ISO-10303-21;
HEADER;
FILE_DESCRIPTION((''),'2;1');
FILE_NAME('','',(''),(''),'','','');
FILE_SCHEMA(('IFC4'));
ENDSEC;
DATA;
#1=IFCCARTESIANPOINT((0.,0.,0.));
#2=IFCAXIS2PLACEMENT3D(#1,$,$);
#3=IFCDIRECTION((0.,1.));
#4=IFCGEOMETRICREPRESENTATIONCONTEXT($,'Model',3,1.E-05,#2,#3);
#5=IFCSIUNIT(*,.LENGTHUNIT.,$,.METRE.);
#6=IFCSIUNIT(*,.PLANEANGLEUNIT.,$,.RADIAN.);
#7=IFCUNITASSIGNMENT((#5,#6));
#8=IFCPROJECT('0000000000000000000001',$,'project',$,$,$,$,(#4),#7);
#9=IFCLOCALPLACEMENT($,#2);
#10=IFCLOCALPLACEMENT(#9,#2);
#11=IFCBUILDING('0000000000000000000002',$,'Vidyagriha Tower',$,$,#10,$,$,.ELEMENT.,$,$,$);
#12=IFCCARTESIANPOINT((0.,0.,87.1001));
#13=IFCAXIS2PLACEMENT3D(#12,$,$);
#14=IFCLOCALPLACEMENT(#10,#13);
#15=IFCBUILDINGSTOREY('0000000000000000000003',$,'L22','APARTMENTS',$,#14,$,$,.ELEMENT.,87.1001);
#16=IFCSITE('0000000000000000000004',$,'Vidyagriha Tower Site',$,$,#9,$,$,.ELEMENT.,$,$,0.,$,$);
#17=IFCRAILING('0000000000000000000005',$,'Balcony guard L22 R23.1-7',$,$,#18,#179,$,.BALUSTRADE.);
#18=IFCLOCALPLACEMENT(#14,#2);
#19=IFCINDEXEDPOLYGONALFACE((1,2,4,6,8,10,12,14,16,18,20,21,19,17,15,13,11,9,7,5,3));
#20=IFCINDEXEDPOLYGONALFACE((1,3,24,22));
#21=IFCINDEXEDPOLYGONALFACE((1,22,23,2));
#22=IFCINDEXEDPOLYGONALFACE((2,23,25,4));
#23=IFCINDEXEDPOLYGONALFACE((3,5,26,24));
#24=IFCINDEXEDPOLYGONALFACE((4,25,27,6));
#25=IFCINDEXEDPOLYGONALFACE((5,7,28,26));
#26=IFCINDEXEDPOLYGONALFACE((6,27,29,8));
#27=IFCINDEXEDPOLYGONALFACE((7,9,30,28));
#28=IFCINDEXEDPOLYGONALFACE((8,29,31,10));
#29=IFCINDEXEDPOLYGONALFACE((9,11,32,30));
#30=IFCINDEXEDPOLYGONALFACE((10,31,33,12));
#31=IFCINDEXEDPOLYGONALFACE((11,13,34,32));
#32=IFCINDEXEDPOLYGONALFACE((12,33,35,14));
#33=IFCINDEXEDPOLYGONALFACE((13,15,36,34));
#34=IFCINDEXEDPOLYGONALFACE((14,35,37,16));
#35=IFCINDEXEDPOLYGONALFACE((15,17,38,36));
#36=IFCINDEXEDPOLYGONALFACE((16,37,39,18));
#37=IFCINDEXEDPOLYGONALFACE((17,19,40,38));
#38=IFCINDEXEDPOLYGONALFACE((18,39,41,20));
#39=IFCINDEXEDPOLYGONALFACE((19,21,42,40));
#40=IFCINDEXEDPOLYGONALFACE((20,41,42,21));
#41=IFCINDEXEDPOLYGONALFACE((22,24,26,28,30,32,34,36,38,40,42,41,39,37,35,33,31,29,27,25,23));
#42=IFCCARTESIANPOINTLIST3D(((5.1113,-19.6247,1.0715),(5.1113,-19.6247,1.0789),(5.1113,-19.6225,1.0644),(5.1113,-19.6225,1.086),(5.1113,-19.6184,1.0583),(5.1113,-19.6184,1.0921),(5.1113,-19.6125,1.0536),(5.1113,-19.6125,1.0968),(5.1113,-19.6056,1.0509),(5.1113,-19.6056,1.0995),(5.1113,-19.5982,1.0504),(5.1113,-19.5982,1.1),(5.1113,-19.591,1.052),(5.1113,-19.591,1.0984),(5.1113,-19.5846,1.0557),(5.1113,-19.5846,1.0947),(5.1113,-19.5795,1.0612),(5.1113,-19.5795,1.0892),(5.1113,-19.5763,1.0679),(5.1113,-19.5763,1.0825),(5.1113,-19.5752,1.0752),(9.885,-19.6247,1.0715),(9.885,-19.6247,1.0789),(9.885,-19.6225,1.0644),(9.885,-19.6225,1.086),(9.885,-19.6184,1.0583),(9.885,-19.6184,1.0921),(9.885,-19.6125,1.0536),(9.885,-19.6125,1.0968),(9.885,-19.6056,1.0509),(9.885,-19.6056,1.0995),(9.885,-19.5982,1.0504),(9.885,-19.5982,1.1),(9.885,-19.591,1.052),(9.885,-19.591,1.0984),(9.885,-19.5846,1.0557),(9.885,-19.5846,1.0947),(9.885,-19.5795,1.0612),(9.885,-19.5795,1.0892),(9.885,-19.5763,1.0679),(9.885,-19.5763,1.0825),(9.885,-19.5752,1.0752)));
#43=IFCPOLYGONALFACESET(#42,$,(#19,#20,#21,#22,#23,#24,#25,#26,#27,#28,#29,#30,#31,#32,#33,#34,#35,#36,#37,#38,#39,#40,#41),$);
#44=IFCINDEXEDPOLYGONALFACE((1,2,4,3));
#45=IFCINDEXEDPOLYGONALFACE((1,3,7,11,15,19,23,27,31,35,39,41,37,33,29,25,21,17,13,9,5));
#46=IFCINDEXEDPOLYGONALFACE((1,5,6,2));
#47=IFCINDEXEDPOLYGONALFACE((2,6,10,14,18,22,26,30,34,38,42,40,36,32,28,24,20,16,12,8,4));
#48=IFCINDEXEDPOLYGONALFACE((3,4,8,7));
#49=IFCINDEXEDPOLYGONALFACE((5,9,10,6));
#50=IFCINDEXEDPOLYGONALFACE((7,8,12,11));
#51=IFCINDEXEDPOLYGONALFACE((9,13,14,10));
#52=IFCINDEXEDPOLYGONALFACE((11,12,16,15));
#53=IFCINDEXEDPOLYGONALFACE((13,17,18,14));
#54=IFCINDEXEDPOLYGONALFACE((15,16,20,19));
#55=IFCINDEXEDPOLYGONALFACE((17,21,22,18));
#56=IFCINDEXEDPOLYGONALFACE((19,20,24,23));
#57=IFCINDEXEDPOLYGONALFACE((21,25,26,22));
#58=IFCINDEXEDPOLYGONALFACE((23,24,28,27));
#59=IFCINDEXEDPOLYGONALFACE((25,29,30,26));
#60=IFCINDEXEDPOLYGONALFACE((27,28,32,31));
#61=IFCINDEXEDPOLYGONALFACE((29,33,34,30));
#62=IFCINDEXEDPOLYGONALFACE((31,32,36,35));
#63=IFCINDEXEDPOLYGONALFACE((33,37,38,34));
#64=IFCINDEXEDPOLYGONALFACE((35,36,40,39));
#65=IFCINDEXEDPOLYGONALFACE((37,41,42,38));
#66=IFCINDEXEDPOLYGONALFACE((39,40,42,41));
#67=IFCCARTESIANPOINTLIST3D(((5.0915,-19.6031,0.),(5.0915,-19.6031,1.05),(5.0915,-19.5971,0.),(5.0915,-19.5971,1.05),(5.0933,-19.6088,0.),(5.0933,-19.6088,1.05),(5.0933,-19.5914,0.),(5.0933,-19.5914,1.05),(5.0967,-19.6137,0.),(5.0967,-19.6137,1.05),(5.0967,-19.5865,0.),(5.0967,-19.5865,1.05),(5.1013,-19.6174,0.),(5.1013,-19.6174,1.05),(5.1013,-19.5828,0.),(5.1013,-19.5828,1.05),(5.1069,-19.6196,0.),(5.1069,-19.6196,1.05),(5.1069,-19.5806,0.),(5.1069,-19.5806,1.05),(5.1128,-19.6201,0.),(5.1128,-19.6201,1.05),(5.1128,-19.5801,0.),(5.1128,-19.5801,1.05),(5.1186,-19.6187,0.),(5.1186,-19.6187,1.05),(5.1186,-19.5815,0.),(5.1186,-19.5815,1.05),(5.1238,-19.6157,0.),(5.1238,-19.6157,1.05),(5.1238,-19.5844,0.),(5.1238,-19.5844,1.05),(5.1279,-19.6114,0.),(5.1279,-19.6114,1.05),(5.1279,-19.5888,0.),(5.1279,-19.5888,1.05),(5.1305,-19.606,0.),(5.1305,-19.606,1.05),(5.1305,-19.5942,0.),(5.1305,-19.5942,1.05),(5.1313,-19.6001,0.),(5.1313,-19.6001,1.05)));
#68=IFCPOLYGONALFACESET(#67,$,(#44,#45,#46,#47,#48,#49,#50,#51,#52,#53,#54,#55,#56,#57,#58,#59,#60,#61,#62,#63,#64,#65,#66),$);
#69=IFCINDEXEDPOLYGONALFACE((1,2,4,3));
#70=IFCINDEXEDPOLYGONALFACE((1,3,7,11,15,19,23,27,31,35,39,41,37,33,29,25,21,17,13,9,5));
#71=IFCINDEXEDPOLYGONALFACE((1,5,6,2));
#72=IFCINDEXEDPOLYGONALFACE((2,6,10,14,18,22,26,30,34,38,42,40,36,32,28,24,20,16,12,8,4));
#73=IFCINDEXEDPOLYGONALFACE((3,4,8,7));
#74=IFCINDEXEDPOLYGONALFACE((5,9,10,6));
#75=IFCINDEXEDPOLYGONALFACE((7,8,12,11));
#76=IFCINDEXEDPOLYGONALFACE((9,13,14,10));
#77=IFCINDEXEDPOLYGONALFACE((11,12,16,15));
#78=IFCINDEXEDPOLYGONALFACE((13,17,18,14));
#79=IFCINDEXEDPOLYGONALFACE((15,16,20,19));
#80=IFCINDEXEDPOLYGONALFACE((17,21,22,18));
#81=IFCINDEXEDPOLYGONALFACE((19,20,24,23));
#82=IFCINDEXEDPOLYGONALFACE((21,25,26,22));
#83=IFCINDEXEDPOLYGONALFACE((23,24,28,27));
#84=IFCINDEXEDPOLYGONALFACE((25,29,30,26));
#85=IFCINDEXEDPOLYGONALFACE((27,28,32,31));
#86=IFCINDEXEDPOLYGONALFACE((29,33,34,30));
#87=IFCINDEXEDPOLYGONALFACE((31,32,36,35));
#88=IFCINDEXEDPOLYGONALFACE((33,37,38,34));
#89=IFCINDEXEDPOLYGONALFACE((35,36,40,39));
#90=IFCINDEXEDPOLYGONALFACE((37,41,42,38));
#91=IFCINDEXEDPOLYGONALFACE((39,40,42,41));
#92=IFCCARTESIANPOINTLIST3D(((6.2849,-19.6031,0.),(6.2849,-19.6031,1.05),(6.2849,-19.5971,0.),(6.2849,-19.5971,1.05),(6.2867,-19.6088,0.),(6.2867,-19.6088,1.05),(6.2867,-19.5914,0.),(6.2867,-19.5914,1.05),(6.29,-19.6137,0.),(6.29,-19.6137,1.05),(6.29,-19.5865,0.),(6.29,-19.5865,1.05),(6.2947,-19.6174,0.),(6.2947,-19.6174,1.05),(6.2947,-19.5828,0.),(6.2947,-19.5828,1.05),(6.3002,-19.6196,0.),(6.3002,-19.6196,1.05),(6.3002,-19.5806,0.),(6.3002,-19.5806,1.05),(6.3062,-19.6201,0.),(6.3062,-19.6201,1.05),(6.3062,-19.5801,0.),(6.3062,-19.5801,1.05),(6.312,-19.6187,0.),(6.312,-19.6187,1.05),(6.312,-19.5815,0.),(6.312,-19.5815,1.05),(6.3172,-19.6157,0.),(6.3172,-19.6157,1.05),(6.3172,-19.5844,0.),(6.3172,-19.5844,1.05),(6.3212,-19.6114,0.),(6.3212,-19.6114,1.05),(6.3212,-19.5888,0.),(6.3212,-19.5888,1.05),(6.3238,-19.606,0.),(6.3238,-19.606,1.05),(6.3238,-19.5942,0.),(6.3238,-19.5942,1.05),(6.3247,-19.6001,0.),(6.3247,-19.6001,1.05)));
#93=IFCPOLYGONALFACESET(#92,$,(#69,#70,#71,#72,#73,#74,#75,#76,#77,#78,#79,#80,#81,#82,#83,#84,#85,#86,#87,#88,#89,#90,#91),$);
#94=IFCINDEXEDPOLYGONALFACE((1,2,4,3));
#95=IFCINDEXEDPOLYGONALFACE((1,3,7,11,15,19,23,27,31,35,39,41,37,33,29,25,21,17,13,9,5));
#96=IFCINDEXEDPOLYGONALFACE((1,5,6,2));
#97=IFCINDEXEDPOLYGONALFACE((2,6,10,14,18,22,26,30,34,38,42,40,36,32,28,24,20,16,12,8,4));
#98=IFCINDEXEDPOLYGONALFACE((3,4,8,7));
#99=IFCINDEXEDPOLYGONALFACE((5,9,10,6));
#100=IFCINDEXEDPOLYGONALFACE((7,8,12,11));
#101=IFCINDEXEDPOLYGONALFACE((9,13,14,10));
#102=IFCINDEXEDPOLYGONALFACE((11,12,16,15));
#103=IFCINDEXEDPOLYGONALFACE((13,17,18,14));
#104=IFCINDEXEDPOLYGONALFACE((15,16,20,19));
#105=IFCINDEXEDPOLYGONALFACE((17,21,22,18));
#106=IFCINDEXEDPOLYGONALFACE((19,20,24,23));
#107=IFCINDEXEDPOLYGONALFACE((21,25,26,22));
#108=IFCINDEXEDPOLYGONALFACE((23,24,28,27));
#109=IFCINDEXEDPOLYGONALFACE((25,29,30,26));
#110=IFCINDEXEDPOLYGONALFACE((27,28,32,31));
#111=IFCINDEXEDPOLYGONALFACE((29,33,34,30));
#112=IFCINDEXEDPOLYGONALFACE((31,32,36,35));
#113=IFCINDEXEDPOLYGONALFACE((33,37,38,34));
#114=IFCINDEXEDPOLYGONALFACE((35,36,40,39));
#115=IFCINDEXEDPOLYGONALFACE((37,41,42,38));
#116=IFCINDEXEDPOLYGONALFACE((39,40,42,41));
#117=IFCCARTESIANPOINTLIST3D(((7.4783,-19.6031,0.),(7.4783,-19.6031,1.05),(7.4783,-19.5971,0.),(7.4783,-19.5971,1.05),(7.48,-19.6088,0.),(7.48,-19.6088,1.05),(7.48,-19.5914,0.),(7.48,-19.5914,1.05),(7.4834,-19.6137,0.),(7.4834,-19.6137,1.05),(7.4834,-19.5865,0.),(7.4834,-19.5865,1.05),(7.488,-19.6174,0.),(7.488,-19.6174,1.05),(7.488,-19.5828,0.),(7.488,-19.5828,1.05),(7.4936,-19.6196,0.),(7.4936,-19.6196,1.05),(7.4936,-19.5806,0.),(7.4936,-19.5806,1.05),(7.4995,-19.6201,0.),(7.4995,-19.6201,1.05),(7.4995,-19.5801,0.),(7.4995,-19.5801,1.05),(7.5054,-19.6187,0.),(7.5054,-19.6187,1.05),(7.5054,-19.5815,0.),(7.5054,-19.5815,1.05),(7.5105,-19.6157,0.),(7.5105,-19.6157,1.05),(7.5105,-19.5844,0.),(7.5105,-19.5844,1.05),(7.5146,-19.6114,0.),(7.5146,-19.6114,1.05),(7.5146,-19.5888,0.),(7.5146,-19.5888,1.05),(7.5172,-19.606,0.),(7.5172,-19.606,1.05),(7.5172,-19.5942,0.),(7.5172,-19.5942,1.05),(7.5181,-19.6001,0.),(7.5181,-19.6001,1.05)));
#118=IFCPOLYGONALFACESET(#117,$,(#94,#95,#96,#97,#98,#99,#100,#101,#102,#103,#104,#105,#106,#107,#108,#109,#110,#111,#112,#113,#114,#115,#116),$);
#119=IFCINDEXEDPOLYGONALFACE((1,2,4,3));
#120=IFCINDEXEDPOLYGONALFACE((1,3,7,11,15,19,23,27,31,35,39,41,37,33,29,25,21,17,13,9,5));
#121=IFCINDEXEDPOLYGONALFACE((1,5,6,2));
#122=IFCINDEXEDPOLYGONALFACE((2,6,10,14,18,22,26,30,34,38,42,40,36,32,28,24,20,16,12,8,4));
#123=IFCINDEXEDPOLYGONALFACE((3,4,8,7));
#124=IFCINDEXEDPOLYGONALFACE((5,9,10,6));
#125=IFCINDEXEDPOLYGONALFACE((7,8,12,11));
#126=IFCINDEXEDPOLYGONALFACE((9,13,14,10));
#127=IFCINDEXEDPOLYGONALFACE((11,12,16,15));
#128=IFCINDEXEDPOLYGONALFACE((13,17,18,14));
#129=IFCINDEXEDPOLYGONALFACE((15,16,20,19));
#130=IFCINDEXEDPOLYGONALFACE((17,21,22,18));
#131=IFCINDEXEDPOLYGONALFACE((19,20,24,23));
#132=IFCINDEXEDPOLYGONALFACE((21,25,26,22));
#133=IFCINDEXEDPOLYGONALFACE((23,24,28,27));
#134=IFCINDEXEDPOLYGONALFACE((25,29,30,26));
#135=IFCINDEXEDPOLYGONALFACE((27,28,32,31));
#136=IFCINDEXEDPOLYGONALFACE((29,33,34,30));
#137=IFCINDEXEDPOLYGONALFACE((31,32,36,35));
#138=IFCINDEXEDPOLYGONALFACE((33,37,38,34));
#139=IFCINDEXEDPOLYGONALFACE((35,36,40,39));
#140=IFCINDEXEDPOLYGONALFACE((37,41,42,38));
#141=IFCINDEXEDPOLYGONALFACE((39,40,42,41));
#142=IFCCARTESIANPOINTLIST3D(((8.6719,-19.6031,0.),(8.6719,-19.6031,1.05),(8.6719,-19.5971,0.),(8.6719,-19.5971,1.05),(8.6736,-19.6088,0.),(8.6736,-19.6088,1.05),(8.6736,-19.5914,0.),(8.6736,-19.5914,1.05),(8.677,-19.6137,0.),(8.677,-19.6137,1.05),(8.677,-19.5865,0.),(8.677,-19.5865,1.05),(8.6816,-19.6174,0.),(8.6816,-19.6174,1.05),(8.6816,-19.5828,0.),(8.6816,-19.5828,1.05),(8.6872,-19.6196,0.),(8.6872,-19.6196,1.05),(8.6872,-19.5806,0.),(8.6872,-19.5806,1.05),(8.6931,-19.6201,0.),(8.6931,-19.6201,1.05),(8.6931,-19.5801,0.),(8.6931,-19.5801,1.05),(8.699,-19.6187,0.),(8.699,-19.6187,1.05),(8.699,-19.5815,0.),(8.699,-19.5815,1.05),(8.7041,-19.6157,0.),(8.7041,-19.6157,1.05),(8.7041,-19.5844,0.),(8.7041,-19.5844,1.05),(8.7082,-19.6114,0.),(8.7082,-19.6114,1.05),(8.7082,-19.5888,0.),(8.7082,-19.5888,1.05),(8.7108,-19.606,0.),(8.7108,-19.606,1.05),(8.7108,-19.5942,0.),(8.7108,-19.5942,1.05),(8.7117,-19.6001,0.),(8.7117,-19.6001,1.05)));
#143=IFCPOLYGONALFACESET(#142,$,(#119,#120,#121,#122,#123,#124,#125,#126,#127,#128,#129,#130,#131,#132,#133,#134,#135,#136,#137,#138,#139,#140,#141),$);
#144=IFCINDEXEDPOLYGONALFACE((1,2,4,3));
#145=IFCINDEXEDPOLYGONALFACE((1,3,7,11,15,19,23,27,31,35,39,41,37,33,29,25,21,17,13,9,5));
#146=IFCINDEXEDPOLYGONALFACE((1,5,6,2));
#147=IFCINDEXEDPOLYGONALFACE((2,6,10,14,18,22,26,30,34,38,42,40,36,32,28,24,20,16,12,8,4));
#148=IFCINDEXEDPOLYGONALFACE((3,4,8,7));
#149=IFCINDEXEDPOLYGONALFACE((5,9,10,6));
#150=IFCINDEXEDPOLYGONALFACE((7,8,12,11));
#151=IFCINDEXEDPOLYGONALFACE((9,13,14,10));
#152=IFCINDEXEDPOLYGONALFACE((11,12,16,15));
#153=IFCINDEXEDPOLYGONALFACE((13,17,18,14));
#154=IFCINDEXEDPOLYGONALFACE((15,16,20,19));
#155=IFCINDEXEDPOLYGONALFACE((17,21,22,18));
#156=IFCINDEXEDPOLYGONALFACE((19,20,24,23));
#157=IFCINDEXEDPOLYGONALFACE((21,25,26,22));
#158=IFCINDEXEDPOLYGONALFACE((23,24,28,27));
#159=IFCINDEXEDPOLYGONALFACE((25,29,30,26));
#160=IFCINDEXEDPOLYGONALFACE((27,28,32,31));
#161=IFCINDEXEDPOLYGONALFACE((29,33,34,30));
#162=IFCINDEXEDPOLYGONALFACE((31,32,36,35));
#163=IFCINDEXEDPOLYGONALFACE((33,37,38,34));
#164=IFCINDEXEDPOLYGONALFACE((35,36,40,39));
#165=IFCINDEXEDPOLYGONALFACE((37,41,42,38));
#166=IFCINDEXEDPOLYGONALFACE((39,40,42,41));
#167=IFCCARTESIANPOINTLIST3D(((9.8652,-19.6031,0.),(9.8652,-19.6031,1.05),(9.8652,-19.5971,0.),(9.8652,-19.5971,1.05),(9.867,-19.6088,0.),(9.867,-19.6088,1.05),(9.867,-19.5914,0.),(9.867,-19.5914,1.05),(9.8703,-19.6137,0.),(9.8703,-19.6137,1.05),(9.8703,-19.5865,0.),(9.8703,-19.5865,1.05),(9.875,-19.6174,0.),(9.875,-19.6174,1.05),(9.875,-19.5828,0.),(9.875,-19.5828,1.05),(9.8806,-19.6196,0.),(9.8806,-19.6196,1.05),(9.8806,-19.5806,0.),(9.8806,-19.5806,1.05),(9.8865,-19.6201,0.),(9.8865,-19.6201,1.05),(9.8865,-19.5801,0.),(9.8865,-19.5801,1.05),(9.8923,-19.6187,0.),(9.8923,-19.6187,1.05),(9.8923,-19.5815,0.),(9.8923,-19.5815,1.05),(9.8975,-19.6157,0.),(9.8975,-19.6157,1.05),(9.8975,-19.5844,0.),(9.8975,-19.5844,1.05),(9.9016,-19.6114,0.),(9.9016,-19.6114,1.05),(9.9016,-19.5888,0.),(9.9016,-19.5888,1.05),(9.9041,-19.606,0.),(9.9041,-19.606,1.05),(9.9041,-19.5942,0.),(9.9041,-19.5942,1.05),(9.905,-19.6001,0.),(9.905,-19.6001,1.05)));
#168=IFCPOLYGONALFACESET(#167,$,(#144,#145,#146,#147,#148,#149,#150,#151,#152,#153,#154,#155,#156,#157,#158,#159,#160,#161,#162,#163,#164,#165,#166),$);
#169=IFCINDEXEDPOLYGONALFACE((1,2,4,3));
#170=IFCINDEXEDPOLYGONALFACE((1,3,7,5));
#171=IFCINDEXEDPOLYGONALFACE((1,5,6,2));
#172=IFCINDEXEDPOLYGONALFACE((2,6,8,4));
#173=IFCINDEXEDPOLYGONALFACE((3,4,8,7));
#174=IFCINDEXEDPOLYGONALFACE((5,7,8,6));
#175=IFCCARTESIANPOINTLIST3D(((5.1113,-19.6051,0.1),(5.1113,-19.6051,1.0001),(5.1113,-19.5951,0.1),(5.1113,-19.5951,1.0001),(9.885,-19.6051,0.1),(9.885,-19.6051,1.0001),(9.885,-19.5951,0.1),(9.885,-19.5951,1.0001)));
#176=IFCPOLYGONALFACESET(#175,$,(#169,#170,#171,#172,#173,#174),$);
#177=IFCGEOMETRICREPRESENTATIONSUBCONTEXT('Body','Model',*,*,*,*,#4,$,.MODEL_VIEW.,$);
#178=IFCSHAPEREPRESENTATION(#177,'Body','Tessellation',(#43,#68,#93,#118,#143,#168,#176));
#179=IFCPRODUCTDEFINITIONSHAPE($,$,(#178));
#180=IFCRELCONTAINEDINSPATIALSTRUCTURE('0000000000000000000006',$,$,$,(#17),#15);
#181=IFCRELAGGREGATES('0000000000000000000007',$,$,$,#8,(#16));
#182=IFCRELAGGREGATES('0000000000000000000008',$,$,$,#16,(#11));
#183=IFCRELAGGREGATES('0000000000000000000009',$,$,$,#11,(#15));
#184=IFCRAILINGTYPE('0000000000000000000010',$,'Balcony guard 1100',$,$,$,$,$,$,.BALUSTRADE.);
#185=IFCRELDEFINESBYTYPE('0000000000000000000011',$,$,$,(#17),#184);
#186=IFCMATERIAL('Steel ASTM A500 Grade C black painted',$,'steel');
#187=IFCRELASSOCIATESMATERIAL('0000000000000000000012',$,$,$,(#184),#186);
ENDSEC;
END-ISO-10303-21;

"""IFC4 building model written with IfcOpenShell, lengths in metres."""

from ifc_helpers import new_model, si_unit, direction, frame, origin, origin_2d, place, context, subcontext, project, spatial, rectangle, circle, extrude, material, type_object, element, save


model = new_model("IFC4")

# Units and contexts
model_context = context("Model", 3, precision=1e-05, world=origin(), true_north=direction((0.0, 1.0)))
body_context = subcontext(model_context, "Body", "Model", "MODEL_VIEW")
ifc_project = project(units=[si_unit("LENGTHUNIT", "METRE"), si_unit("PLANEANGLEUNIT", "RADIAN")], contexts=[model_context])

# Site, building, storey
site_placement = place(None, origin())
site = spatial("IfcSite", under=ifc_project, at=site_placement, Name="Vidyagriha Tower Site", CompositionType="ELEMENT", RefElevation=0.0)
building_placement = place(site_placement, origin())
building = spatial("IfcBuilding", under=site, at=building_placement, Name="Vidyagriha Tower", CompositionType="ELEMENT")
storey_placement = place(building_placement, frame((0.0, 0.0, 87.1001)))
storey = spatial("IfcBuildingStorey", under=building, at=storey_placement, Name="L22", Description="APARTMENTS", CompositionType="ELEMENT", Elevation=87.1001)

# Railing
ifc_material_1 = material(Name="Steel ASTM A500 Grade C black painted", Category="steel")
railing_type = type_object("IfcRailingType", Name="Balcony guard 1100", PredefinedType="BALUSTRADE", material=ifc_material_1)
for number, where, name in (
    (1, (5.1113, -19.6001, 0.0), "Balcony guard L22 R23.1-7"),
):
    element("IfcRailing", number, at=place(storey_placement, frame(where)), inside=storey, type_object=railing_type, Name=name, PredefinedType="BALUSTRADE", context=body_context, shape_type="SweptSolid", body=[
        extrude(circle(Radius=0.0249, at=origin_2d()), frame((0.0, 0.0, 1.0752), z_axis=(1.0, 0.0, 0.0), x_axis=(0.0, 1.0, 0.0)), (0.0, 0.0, 1.0), 4.7737),
        extrude(circle(Radius=0.02, at=origin_2d()), origin(), (0.0, 0.0, 1.0), 1.05),
        extrude(circle(Radius=0.02, at=origin_2d()), frame((1.1934, 0.0, 0.0)), (0.0, 0.0, 1.0), 1.05),
        extrude(circle(Radius=0.02, at=origin_2d()), frame((2.3867, 0.0, 0.0)), (0.0, 0.0, 1.0), 1.05),
        extrude(circle(Radius=0.02, at=origin_2d()), frame((3.5803, 0.0, 0.0)), (0.0, 0.0, 1.0), 1.05),
        extrude(circle(Radius=0.02, at=origin_2d()), frame((4.7737, 0.0, 0.0)), (0.0, 0.0, 1.0), 1.05),
        extrude(rectangle(XDim=0.01, YDim=0.9001, at=origin_2d()), frame((0.0, 0.0, 0.55), z_axis=(1.0, 0.0, 0.0), x_axis=(0.0, 1.0, 0.0)), (0.0, 0.0, 1.0), 4.7737),
    ])

save(model, "model.ifc")
